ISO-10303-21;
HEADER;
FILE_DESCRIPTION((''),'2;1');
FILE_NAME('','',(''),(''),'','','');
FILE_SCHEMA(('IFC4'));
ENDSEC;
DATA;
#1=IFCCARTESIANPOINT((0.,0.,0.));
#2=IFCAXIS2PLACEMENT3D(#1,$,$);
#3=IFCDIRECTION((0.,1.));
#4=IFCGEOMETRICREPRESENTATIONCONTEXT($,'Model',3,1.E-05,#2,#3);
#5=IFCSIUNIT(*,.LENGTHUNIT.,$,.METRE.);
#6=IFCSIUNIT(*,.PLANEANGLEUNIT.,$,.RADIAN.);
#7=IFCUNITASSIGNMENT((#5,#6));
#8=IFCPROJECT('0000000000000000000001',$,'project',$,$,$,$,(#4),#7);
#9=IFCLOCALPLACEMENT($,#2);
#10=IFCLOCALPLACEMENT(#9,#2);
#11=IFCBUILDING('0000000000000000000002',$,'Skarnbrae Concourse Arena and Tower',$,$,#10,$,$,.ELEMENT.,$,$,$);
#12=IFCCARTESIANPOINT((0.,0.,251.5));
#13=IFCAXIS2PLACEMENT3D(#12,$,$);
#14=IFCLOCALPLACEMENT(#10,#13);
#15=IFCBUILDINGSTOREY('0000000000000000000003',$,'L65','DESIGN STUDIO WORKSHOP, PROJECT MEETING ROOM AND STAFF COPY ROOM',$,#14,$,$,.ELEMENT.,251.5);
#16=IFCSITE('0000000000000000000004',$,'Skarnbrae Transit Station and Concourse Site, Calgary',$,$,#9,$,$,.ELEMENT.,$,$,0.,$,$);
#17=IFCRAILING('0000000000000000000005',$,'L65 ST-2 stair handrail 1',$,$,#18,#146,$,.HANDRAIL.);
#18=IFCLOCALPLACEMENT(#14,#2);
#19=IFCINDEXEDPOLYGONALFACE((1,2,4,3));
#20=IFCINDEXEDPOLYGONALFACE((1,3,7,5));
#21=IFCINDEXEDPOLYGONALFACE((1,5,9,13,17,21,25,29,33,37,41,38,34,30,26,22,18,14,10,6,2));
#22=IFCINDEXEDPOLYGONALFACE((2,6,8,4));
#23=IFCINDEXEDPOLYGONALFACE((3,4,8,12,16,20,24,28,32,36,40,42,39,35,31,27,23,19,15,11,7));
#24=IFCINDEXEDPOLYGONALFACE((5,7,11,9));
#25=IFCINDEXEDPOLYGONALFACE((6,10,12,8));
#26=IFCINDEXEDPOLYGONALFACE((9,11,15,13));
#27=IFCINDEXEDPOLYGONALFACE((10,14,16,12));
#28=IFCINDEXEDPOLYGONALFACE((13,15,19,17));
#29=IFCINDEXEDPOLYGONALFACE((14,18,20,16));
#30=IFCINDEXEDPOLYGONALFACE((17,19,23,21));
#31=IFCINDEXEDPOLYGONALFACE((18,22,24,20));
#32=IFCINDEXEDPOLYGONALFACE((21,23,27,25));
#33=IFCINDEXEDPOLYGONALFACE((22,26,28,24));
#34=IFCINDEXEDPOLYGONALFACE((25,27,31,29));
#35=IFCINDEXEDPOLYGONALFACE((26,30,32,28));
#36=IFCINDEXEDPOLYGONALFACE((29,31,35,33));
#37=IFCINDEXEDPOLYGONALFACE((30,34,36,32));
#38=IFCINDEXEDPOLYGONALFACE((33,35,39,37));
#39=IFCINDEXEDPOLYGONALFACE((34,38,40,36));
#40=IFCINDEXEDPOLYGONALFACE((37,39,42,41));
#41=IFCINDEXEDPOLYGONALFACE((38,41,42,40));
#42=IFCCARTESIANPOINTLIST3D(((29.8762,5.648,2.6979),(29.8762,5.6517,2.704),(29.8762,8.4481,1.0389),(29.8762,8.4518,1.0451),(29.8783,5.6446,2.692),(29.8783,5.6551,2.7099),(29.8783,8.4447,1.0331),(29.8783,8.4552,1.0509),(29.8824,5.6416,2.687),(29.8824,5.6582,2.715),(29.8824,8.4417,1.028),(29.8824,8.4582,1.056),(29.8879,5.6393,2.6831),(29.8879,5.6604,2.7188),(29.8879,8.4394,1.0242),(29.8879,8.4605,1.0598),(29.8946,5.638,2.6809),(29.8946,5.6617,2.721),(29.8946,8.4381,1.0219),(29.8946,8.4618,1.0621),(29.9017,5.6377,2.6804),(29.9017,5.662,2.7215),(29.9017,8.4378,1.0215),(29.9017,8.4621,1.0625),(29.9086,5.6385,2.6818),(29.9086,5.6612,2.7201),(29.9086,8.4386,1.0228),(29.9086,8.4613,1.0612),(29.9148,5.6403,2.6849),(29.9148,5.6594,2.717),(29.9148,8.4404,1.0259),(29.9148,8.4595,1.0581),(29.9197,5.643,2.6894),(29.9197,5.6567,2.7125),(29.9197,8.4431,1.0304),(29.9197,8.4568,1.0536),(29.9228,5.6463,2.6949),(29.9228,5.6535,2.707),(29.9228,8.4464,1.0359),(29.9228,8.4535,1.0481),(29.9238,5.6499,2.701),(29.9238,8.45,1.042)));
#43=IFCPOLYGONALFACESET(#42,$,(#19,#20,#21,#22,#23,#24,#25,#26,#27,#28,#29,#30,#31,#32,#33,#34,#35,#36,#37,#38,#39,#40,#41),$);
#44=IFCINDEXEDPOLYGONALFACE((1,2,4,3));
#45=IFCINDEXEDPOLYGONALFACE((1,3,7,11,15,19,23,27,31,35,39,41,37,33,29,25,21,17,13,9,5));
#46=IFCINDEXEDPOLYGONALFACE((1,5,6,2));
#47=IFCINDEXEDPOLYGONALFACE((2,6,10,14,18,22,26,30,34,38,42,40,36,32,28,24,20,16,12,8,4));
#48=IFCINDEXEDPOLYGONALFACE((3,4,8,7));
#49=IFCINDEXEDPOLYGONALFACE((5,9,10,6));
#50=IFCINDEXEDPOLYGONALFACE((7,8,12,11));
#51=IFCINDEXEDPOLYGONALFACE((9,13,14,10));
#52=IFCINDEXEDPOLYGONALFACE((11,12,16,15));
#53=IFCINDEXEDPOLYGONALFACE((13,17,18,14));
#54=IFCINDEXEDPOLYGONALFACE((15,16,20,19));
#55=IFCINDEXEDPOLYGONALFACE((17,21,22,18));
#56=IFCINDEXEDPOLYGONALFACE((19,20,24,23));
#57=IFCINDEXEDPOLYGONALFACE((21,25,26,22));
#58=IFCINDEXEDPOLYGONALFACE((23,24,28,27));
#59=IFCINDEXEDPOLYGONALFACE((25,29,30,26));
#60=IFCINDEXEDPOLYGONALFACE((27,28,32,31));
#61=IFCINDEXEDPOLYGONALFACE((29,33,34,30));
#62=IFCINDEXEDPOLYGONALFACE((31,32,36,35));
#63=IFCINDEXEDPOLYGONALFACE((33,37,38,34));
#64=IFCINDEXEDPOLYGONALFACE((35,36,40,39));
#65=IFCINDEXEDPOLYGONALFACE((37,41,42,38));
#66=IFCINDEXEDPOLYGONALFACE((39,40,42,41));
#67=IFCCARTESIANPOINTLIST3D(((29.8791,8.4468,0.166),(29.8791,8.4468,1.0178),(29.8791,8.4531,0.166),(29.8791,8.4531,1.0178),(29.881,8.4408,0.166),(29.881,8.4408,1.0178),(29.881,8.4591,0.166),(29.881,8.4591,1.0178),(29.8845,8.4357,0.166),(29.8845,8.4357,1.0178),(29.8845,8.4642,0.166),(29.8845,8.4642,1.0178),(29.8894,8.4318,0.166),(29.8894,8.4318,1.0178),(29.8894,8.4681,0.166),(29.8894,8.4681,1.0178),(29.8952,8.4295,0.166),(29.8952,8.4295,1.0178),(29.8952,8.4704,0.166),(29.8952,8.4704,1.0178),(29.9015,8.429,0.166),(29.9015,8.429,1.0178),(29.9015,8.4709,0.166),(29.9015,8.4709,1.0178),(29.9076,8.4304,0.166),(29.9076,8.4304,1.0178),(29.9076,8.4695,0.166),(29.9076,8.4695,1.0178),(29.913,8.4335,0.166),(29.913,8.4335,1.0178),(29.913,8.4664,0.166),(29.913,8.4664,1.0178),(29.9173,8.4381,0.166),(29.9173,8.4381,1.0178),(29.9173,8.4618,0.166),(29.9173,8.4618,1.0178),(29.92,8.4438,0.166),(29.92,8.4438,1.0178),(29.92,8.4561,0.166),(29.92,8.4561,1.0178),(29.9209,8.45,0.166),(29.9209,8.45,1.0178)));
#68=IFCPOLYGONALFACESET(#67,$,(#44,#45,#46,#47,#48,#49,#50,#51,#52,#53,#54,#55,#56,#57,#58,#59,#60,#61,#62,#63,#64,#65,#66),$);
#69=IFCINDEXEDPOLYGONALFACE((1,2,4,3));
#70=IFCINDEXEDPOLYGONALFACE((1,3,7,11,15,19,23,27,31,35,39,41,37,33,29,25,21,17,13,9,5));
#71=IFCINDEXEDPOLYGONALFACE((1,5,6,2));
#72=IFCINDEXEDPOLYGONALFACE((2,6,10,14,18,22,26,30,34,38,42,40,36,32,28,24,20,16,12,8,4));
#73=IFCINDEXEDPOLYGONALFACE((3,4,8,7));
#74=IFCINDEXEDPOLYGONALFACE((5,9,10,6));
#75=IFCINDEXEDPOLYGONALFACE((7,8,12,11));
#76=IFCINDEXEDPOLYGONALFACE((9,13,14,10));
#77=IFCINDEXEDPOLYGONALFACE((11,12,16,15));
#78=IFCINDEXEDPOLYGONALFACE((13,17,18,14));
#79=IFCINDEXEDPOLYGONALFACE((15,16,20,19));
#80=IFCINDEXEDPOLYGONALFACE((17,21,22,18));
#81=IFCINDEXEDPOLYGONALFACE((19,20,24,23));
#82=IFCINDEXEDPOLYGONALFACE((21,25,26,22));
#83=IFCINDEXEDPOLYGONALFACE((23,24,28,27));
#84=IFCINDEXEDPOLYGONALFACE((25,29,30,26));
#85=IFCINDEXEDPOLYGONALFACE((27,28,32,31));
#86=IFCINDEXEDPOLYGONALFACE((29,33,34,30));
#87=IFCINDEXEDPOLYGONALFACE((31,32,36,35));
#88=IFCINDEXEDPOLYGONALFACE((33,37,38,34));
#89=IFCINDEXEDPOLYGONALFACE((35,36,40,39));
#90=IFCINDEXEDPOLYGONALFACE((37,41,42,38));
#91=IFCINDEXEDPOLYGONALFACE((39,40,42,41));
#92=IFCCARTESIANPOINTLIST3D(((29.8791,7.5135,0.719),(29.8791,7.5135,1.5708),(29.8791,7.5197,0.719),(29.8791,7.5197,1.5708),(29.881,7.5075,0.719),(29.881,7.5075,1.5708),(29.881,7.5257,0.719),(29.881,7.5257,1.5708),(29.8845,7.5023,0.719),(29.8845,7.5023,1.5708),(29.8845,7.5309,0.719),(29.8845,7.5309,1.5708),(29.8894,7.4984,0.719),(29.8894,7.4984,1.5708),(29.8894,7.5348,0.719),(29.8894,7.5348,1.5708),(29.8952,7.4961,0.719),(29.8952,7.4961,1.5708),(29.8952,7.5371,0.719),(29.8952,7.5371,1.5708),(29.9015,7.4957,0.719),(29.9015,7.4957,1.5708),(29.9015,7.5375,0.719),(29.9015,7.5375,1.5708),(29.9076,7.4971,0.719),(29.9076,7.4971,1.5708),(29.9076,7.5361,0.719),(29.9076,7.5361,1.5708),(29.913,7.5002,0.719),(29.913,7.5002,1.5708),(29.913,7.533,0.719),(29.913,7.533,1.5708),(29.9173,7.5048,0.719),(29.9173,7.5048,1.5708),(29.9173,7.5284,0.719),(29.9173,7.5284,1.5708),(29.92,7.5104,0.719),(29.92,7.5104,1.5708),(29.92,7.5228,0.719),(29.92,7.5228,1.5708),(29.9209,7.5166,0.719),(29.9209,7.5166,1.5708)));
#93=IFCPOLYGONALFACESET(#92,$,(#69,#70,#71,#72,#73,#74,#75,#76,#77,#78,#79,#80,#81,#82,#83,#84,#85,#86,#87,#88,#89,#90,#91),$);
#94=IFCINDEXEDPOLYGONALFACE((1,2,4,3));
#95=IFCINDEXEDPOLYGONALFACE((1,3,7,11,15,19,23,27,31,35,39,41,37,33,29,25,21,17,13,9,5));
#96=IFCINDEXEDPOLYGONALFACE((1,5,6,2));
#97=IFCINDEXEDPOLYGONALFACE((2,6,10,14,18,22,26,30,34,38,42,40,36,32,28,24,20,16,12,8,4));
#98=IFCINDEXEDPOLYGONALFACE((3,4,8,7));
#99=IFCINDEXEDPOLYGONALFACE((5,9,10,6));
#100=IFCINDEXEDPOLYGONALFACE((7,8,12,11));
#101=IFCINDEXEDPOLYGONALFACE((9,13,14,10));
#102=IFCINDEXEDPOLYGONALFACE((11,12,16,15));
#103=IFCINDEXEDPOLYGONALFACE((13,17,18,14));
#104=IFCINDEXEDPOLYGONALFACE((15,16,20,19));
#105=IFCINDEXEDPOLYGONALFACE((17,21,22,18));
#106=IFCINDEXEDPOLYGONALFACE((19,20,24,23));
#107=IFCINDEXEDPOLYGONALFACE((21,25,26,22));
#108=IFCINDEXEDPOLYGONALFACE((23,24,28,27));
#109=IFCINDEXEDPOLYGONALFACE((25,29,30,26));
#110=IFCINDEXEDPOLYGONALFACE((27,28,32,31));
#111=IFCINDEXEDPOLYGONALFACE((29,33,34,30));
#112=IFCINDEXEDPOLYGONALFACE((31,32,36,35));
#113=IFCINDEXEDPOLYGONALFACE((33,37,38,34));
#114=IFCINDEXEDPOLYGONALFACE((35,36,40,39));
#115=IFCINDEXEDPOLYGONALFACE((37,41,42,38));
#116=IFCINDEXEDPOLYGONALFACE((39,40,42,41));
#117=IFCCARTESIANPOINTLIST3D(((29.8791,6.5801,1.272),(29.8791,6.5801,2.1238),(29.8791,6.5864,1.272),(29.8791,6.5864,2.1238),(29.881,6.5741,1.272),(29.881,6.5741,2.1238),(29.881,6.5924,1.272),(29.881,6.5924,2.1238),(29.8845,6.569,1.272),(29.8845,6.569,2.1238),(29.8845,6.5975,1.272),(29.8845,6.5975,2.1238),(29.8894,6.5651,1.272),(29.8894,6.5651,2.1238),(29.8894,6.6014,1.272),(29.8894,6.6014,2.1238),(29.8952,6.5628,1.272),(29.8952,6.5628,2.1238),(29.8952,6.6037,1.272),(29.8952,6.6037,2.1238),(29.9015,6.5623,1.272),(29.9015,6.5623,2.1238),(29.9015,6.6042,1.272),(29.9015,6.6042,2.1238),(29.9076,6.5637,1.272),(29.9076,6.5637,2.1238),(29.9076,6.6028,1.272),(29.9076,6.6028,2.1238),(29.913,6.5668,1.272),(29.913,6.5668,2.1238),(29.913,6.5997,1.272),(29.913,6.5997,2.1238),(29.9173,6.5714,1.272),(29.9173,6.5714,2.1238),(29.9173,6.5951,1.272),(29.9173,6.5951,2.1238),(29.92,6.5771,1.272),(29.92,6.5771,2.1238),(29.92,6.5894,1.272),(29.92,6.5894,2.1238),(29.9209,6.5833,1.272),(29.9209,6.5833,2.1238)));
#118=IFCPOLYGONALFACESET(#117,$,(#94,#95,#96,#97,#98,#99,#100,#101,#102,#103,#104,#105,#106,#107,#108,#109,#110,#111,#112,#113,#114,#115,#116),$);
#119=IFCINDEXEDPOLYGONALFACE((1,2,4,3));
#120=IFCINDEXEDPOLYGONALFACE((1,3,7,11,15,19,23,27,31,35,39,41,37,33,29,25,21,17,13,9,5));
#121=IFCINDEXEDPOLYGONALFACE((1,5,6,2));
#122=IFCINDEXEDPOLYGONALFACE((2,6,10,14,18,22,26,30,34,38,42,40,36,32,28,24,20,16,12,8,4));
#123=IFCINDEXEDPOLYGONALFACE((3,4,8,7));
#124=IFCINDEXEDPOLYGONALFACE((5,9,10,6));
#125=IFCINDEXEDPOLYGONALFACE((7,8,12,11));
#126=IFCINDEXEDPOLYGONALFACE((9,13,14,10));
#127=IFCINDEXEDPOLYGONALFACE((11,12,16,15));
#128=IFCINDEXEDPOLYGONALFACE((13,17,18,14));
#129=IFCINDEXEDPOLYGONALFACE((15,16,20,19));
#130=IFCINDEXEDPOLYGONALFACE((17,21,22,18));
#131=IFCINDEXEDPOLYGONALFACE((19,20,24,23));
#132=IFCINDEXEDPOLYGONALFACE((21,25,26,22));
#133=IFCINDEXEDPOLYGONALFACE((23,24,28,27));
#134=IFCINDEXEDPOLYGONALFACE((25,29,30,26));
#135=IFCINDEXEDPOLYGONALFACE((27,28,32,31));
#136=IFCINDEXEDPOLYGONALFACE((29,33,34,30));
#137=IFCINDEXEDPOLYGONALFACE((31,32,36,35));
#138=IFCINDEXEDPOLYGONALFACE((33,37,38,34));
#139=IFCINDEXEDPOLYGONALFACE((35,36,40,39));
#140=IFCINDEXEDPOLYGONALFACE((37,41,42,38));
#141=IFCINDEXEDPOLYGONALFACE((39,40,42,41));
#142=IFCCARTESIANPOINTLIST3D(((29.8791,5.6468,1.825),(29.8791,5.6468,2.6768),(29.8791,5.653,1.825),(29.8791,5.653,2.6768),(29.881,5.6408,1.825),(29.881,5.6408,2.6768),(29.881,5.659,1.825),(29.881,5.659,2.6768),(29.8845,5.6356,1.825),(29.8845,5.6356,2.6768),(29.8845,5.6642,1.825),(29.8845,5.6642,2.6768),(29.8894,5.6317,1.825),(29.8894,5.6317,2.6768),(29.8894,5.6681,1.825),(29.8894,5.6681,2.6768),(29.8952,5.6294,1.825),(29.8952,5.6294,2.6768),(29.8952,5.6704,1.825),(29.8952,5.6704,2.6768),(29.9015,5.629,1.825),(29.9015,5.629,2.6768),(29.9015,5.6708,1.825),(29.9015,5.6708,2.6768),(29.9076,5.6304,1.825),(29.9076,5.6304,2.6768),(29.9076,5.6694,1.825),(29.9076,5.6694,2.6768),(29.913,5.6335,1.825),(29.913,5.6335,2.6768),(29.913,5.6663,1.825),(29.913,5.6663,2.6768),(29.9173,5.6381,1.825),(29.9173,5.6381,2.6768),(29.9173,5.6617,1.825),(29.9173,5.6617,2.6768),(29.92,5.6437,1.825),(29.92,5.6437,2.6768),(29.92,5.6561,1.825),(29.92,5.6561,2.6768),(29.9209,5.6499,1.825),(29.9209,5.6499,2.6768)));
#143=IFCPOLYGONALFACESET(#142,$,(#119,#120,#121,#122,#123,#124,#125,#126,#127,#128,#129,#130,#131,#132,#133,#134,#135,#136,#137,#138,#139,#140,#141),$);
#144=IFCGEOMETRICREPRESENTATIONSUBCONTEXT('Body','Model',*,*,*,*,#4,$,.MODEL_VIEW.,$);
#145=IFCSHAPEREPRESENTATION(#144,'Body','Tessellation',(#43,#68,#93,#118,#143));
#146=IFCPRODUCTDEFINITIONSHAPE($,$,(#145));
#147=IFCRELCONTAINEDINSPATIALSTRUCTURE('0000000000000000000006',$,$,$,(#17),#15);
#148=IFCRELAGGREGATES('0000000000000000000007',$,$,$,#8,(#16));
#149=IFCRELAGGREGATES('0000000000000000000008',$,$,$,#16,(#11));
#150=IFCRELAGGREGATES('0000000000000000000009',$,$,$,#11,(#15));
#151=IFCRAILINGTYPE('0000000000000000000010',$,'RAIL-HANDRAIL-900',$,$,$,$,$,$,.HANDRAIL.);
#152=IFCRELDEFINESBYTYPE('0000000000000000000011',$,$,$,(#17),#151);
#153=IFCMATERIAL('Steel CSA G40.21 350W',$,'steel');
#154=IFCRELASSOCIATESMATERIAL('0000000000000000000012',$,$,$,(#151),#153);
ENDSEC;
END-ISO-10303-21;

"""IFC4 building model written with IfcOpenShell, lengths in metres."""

from ifc_helpers import new_model, si_unit, direction, frame, origin, origin_2d, place, context, subcontext, project, spatial, circle, extrude, material, type_object, element, save


model = new_model("IFC4")

# Units and contexts
model_context = context("Model", 3, precision=1e-05, world=origin(), true_north=direction((0.0, 1.0)))
body_context = subcontext(model_context, "Body", "Model", "MODEL_VIEW")
ifc_project = project(units=[si_unit("LENGTHUNIT", "METRE"), si_unit("PLANEANGLEUNIT", "RADIAN")], contexts=[model_context])

# Site, building, storey
site_placement = place(None, origin())
site = spatial("IfcSite", under=ifc_project, at=site_placement, Name="Skarnbrae Transit Station and Concourse Site, Calgary", CompositionType="ELEMENT", RefElevation=0.0)
building_placement = place(site_placement, origin())
building = spatial("IfcBuilding", under=site, at=building_placement, Name="Skarnbrae Concourse Arena and Tower", CompositionType="ELEMENT")
storey_placement = place(building_placement, frame((0.0, 0.0, 251.5)))
storey = spatial("IfcBuildingStorey", under=building, at=storey_placement, Name="L65", Description="DESIGN STUDIO WORKSHOP, PROJECT MEETING ROOM AND STAFF COPY ROOM", CompositionType="ELEMENT", Elevation=251.5)

# Shared definitions
ifc_material_1 = material(Name="Steel CSA G40.21 350W", Category="steel")

# Railing
railing_type_1 = type_object("IfcRailingType", Name="RAIL-HANDRAIL-900", PredefinedType="HANDRAIL", material=ifc_material_1)
railing_1_placement = place(storey_placement, frame((29.8999, 8.45, 0.166)))
element("IfcRailing", 1, at=railing_1_placement, inside=storey, type_object=railing_type_1, Name="L65 ST-2 stair handrail 1", PredefinedType="HANDRAIL", context=body_context, shape_type="SweptSolid", body=[
    extrude(circle(Radius=0.0239, at=origin_2d()), frame((0.0, 0.0, 0.876), z_axis=(0.0, -0.860339, 0.509722), x_axis=(1.0, 0.0, 0.0)), (0.0, 0.0, 1.0), 3.2546),
    extrude(circle(Radius=0.021, at=origin_2d()), origin(), (0.0, 0.0, 1.0), 0.8518),
    extrude(circle(Radius=0.021, at=origin_2d()), frame((0.0, -0.9333, 0.553)), (0.0, 0.0, 1.0), 0.8518),
    extrude(circle(Radius=0.021, at=origin_2d()), frame((0.0, -1.8667, 1.106)), (0.0, 0.0, 1.0), 0.8518),
    extrude(circle(Radius=0.021, at=origin_2d()), frame((0.0, -2.8, 1.6589)), (0.0, 0.0, 1.0), 0.8518),
])

save(model, "model.ifc")
